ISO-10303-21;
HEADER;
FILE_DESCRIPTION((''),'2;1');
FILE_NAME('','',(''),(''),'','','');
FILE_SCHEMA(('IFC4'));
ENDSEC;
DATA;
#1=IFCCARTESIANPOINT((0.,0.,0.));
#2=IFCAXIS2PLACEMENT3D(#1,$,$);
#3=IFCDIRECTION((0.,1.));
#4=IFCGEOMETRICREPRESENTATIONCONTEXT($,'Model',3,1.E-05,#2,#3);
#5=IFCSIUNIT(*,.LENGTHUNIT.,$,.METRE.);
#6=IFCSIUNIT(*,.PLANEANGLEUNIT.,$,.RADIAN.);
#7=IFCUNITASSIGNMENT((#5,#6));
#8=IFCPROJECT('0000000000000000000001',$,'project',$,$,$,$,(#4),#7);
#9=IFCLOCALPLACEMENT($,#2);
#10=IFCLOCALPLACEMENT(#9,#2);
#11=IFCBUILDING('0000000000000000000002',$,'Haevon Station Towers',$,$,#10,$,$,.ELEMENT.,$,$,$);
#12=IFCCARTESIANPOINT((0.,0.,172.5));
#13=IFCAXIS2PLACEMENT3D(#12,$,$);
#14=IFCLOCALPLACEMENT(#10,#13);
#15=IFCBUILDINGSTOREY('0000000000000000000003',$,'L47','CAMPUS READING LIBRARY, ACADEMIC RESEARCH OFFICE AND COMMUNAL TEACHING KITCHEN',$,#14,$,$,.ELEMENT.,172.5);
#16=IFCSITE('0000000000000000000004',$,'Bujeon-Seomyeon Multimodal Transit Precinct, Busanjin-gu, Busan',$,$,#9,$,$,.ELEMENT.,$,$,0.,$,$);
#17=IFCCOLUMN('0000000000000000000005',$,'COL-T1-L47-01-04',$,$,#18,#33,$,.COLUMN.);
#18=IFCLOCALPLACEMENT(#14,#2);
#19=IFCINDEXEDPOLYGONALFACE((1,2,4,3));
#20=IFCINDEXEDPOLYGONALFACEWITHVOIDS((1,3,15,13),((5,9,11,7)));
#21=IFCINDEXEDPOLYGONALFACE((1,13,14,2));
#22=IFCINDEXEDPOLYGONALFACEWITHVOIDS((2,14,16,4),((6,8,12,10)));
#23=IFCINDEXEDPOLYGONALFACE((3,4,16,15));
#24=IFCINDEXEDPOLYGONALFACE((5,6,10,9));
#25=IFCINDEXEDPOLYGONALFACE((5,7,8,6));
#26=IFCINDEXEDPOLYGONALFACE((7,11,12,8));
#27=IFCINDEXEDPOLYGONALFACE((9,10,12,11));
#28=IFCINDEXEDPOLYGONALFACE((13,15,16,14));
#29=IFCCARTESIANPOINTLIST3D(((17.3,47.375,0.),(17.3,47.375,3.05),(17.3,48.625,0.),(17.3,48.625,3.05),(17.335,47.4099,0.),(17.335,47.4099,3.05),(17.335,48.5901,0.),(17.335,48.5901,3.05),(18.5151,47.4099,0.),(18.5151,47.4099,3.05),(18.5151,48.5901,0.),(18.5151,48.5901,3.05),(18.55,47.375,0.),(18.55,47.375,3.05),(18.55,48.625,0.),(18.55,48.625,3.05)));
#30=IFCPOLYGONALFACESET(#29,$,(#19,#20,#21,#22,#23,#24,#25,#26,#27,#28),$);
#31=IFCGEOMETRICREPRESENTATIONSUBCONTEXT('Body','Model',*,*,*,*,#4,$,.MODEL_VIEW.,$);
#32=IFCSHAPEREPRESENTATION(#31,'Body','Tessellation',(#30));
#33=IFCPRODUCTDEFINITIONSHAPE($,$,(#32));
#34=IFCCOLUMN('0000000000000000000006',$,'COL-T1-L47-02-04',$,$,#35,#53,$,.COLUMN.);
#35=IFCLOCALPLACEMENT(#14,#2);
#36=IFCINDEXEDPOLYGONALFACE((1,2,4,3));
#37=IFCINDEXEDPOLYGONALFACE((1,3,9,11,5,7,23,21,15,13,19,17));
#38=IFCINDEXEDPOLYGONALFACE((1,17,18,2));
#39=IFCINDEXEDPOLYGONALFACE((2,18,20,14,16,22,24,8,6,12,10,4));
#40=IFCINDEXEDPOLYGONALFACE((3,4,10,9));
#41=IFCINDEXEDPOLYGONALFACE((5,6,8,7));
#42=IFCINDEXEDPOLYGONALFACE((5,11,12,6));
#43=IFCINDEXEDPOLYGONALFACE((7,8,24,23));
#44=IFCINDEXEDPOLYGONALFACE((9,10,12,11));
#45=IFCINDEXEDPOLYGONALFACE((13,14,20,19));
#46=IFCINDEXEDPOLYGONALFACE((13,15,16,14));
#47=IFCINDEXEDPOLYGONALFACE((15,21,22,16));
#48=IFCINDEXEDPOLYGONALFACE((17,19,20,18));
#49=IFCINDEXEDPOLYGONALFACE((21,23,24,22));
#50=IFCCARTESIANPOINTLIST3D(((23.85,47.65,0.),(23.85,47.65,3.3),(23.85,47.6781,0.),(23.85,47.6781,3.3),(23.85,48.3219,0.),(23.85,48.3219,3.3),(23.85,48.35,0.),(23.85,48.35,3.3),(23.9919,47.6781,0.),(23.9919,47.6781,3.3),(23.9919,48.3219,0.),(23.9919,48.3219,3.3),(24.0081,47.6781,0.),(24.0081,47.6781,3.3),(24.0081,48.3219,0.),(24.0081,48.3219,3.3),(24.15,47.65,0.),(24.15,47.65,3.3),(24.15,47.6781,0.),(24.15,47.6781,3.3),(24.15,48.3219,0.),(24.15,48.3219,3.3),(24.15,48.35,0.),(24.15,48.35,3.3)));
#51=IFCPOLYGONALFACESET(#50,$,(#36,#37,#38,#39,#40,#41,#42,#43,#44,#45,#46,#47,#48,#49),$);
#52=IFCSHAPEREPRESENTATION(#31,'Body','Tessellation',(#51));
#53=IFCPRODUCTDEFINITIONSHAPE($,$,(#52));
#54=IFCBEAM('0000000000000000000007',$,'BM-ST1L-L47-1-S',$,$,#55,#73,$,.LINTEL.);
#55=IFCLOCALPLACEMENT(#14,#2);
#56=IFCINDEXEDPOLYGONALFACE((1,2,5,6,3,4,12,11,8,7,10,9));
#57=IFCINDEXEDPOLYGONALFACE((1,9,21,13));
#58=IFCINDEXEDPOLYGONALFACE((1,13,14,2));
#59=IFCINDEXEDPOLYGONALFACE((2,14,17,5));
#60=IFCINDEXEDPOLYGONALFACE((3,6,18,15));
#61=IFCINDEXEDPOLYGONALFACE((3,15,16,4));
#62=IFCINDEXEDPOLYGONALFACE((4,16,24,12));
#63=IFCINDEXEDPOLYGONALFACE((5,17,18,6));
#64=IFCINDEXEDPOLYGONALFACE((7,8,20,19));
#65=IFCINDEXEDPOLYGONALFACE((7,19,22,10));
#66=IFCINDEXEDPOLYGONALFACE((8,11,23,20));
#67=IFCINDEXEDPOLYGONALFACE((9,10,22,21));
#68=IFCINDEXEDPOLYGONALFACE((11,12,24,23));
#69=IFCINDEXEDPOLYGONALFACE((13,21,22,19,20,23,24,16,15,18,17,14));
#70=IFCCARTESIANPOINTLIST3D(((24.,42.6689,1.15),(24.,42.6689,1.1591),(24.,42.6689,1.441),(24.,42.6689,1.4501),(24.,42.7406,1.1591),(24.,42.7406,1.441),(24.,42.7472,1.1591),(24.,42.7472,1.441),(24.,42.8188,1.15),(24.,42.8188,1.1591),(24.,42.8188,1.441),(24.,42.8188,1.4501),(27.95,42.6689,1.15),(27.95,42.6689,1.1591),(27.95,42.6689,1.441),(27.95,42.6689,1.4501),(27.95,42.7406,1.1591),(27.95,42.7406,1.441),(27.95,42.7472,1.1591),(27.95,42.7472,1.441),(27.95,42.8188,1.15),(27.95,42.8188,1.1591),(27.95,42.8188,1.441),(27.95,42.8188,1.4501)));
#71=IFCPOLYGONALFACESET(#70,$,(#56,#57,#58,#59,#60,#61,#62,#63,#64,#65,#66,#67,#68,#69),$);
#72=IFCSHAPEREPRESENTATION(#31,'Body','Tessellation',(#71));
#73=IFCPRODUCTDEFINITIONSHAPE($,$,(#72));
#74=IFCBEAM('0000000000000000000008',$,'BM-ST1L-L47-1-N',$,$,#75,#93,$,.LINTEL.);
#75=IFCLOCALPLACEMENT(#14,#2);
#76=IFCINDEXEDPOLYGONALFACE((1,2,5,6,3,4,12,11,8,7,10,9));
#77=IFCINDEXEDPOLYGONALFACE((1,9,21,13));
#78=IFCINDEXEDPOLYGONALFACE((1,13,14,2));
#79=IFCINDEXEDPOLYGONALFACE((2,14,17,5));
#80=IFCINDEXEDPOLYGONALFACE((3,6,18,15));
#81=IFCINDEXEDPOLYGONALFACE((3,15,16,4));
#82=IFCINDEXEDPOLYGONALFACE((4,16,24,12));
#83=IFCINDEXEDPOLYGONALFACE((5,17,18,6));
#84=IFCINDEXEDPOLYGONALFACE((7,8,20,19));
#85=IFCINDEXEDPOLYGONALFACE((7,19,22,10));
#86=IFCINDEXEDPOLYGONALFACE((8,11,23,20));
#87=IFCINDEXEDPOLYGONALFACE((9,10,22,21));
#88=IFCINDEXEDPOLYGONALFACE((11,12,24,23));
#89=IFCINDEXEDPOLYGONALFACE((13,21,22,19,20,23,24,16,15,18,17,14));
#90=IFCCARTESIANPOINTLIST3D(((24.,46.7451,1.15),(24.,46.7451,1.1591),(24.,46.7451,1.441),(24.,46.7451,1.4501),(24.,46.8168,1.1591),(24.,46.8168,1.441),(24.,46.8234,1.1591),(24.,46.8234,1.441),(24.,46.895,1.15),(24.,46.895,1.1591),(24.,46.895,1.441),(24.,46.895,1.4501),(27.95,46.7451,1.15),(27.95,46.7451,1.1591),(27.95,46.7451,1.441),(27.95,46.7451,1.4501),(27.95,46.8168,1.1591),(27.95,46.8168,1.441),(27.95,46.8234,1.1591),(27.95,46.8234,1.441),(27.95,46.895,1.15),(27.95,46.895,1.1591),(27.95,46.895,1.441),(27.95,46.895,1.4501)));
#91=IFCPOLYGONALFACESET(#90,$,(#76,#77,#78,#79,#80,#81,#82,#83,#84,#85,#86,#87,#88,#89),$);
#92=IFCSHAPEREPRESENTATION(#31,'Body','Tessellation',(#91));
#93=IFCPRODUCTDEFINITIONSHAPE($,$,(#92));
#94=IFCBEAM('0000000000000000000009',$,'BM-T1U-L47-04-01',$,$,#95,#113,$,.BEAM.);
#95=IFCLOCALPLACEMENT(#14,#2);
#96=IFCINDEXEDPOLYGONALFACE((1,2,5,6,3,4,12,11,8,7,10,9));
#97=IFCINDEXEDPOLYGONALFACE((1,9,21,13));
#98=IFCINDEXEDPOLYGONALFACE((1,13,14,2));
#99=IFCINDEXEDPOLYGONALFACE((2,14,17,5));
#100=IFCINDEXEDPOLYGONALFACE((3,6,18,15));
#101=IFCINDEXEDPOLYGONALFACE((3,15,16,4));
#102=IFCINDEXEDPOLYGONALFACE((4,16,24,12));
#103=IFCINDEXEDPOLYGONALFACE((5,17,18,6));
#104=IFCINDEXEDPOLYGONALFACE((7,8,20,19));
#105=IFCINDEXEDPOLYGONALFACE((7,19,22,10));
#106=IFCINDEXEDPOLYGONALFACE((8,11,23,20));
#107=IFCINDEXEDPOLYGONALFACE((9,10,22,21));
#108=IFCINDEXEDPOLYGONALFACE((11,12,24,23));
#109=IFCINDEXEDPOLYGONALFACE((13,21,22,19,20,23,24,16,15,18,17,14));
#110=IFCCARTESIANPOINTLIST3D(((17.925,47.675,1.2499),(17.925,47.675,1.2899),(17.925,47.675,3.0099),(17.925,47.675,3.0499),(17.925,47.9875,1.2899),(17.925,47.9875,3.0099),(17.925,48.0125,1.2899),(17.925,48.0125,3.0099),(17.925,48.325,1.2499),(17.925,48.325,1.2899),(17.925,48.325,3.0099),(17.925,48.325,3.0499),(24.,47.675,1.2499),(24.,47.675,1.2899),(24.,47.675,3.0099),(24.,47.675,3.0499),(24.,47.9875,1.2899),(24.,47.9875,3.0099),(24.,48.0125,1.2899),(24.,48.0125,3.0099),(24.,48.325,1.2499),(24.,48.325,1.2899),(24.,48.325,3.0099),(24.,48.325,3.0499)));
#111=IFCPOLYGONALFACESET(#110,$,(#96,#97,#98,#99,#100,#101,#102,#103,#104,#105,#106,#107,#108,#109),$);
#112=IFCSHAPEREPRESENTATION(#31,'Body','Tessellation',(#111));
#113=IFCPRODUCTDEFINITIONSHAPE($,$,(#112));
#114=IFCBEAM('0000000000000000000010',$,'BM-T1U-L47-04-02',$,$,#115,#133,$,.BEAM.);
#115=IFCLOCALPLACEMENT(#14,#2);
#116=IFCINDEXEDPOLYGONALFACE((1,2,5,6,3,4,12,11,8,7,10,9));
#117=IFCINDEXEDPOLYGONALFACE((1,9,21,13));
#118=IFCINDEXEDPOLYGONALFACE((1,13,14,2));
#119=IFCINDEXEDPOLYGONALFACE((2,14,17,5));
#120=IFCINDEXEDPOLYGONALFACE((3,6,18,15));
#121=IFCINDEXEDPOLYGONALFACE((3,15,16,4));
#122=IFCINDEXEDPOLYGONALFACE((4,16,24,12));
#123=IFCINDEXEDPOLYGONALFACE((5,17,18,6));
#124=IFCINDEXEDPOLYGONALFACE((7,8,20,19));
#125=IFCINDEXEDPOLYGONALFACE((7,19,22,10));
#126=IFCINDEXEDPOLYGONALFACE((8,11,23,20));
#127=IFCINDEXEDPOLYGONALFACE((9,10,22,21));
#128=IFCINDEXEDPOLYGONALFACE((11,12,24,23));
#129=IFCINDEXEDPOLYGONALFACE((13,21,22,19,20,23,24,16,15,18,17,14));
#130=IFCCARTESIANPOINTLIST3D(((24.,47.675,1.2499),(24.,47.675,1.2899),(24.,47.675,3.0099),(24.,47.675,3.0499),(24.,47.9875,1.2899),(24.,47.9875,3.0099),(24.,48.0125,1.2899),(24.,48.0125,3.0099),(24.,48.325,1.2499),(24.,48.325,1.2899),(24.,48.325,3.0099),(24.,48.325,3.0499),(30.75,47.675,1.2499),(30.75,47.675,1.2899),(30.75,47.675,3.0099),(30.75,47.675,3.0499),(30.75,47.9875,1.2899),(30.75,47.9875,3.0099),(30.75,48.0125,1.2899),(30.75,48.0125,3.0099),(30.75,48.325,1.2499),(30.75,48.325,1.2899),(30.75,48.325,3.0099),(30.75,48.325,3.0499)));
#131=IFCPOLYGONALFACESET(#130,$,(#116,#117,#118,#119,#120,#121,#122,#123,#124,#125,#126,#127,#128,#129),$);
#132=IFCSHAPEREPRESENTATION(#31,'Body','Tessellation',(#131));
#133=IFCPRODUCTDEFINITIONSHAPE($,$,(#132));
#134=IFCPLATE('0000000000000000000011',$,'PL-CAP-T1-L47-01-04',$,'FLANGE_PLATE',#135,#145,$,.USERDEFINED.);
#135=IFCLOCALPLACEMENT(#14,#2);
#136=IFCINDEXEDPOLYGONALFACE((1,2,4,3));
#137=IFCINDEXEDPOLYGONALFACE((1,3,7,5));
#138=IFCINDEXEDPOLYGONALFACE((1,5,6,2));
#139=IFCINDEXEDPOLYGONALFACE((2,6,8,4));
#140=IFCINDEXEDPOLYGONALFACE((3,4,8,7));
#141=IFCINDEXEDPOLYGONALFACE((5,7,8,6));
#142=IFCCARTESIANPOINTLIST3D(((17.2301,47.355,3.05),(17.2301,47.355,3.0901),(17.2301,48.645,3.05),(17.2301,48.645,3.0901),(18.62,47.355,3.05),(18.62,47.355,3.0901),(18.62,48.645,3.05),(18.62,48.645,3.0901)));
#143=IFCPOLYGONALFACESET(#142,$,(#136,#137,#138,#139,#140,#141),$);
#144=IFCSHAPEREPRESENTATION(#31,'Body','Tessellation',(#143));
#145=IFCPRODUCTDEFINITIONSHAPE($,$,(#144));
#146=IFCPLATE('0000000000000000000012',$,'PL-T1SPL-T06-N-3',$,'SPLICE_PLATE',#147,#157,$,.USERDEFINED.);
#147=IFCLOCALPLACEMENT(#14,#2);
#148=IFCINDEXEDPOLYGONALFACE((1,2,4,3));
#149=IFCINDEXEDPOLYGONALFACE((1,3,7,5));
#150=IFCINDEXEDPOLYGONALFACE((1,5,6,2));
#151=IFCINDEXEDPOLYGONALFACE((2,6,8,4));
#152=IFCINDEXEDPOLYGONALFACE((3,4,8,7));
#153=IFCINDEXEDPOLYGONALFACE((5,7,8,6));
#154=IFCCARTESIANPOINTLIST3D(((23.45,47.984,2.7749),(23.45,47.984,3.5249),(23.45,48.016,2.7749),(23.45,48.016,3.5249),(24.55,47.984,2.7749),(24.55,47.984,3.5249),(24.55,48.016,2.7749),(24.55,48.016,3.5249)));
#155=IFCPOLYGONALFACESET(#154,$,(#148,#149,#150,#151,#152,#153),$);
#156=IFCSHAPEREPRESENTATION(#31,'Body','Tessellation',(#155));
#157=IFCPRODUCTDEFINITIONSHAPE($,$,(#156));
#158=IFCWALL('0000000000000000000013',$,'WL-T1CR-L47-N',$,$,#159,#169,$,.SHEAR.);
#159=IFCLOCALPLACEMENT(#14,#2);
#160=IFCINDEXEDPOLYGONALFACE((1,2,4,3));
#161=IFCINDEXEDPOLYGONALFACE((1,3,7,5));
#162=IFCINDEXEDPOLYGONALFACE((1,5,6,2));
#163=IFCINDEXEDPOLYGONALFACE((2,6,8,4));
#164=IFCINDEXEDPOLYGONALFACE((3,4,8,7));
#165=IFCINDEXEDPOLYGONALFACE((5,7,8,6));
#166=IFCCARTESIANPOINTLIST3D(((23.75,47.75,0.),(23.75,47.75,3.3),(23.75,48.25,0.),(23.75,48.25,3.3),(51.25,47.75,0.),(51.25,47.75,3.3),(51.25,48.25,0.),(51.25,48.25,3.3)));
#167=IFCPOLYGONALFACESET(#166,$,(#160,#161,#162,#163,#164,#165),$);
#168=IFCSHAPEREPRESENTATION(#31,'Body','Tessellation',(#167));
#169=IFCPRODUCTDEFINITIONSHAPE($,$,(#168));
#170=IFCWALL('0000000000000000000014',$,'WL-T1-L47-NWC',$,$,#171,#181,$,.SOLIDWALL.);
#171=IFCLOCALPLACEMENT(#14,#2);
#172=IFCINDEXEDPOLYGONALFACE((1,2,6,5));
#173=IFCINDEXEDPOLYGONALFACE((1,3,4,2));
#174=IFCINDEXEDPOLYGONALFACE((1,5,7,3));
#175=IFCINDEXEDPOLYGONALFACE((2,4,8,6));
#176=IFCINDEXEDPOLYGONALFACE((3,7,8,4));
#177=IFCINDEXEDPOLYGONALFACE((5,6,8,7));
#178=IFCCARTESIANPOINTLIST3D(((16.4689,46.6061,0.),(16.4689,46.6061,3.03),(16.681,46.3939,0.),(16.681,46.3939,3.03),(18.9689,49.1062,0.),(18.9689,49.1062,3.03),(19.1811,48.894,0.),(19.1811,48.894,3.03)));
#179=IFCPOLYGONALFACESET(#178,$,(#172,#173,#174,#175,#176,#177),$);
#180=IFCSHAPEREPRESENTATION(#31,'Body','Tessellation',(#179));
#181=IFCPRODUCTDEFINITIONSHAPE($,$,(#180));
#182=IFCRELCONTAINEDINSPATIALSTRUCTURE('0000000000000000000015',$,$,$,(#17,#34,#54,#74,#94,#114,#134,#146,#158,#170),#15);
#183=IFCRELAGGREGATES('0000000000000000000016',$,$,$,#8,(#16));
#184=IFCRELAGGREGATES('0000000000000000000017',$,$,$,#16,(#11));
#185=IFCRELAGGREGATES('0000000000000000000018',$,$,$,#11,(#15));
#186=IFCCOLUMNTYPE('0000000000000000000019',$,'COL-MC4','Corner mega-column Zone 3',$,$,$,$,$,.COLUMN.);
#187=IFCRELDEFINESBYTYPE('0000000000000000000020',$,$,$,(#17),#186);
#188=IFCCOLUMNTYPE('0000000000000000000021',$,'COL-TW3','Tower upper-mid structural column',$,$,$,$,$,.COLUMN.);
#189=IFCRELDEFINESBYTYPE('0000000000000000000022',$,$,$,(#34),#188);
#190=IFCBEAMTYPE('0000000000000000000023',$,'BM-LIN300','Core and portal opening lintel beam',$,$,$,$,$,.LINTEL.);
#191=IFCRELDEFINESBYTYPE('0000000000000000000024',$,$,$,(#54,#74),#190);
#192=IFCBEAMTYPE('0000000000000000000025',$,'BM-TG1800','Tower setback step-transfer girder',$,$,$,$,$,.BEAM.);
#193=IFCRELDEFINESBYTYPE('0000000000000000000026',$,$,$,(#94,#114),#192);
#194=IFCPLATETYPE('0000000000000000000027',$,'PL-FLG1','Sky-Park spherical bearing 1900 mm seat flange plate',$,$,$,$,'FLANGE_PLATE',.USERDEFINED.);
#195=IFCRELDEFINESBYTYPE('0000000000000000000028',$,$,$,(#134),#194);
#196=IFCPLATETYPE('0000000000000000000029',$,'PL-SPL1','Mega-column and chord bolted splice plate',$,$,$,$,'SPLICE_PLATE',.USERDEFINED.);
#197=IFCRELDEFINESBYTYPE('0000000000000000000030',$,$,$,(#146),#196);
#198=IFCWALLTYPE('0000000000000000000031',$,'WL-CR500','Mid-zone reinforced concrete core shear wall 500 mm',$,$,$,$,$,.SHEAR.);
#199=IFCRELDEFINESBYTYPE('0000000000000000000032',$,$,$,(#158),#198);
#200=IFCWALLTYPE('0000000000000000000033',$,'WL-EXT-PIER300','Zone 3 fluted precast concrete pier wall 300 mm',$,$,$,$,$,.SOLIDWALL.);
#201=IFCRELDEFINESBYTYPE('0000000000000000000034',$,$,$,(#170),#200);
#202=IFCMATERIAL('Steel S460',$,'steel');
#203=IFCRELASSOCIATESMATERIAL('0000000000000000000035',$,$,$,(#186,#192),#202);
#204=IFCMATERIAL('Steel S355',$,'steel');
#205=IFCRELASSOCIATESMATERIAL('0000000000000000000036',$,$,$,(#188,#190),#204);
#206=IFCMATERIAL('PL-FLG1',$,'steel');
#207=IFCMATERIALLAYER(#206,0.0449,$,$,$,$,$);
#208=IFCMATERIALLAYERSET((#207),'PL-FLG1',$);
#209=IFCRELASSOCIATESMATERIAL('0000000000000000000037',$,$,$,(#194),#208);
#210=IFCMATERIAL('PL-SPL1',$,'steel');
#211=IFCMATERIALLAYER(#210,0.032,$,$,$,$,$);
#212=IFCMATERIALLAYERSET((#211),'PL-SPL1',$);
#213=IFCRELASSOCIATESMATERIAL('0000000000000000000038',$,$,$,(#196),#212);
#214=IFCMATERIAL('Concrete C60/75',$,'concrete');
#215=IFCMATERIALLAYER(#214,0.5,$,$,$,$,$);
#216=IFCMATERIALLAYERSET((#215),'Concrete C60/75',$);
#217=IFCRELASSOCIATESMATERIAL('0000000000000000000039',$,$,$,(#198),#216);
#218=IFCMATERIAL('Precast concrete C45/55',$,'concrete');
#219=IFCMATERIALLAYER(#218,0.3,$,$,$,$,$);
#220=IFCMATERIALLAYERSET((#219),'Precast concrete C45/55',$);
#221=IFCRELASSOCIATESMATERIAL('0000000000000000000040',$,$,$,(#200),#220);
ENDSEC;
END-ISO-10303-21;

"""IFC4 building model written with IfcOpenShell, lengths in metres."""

from ifc_helpers import new_model, si_unit, direction, frame, frame_2d, origin, origin_2d, place, context, subcontext, project, spatial, rectangle, hollow_rectangle, i_section, extrude, material, layer, layer_set, material_profile, profile_set, type_object, element, save


model = new_model("IFC4")

# Units and contexts
model_context = context("Model", 3, precision=1e-05, world=origin(), true_north=direction((0.0, 1.0)))
body_context = subcontext(model_context, "Body", "Model", "MODEL_VIEW")
ifc_project = project(units=[si_unit("LENGTHUNIT", "METRE"), si_unit("PLANEANGLEUNIT", "RADIAN")], contexts=[model_context])

# Site, building, storey
site_placement = place(None, origin())
site = spatial("IfcSite", under=ifc_project, at=site_placement, Name="Bujeon-Seomyeon Multimodal Transit Precinct, Busanjin-gu, Busan", CompositionType="ELEMENT", RefElevation=0.0)
building_placement = place(site_placement, origin())
building = spatial("IfcBuilding", under=site, at=building_placement, Name="Haevon Station Towers", CompositionType="ELEMENT")
storey_placement = place(building_placement, frame((0.0, 0.0, 172.5)))
storey = spatial("IfcBuildingStorey", under=building, at=storey_placement, Name="L47", Description="CAMPUS READING LIBRARY, ACADEMIC RESEARCH OFFICE AND COMMUNAL TEACHING KITCHEN", CompositionType="ELEMENT", Elevation=172.5)

# Columns
ifc_material_1 = material(Name="Steel S460", Category="steel")
ifc_material_profile_1 = material_profile(ifc_material_1, hollow_rectangle(XDim=1.25, YDim=1.25, WallThickness=0.0349, at=origin_2d()), Name="BOX-1250x1250x35")
ifc_profile_set_1 = profile_set([ifc_material_profile_1], Name="Steel S460")
column_type_1 = type_object("IfcColumnType", Name="COL-MC4", Description="Corner mega-column Zone 3", PredefinedType="COLUMN", material=ifc_profile_set_1)
column_1_placement = place(storey_placement, frame((17.925, 48.0, 0.0), z_axis=(0.0, 0.0, 1.0), x_axis=(1.0, 0.0, 0.0)))
element("IfcColumn", 1, at=column_1_placement, inside=storey, type_object=column_type_1, Name="COL-T1-L47-01-04", PredefinedType="COLUMN", context=body_context, shape_type="SweptSolid", body=[
    extrude(hollow_rectangle(XDim=1.25, YDim=1.25, WallThickness=0.0349, at=origin_2d()), origin(), (0.0, 0.0, 1.0), 3.05),
])
ifc_material_2 = material(Name="Steel S355", Category="steel")
ifc_material_profile_2 = material_profile(ifc_material_2, i_section(OverallWidth=0.3, OverallDepth=0.7, WebThickness=0.0161, FlangeThickness=0.0281, at=origin_2d()), Name="H-700x300x16x28")
ifc_profile_set_2 = profile_set([ifc_material_profile_2], Name="Steel S355")
column_type_2 = type_object("IfcColumnType", Name="COL-TW3", Description="Tower upper-mid structural column", PredefinedType="COLUMN", material=ifc_profile_set_2)
column_2_placement = place(storey_placement, frame((24.0, 48.0, 0.0), z_axis=(0.0, 0.0, 1.0), x_axis=(1.0, 0.0, 0.0)))
element("IfcColumn", 2, at=column_2_placement, inside=storey, type_object=column_type_2, Name="COL-T1-L47-02-04", PredefinedType="COLUMN", context=body_context, shape_type="SweptSolid", body=[
    extrude(i_section(OverallWidth=0.3, OverallDepth=0.7, WebThickness=0.0161, FlangeThickness=0.0281, at=origin_2d()), origin(), (0.0, 0.0, 1.0), 3.3),
])

# Beams
ifc_material_profile_3 = material_profile(ifc_material_2, i_section(OverallWidth=0.1499, OverallDepth=0.3, WebThickness=0.0066, FlangeThickness=0.009, at=origin_2d()), Name="H-300x150x6.5x9")
ifc_profile_set_3 = profile_set([ifc_material_profile_3], Name="Steel S355")
beam_type_1 = type_object("IfcBeamType", Name="BM-LIN300", Description="Core and portal opening lintel beam", PredefinedType="LINTEL", material=ifc_profile_set_3)
for number, where, z_axis, x_axis, name in (
    (3, (24.0, 42.7439, 1.3), (1.0, 0.0, 0.0), (0.0, 1.0, 0.0), "BM-ST1L-L47-1-S"),
    (4, (24.0, 46.8201, 1.3), (1.0, 0.0, 0.0), (0.0, 1.0, 0.0), "BM-ST1L-L47-1-N"),
):
    element("IfcBeam", number, at=place(storey_placement, frame(where, z_axis=z_axis, x_axis=x_axis)), inside=storey, type_object=beam_type_1, Name=name, PredefinedType="LINTEL", context=body_context, shape_type="SweptSolid", body=[
        extrude(i_section(OverallWidth=0.1499, OverallDepth=0.3, WebThickness=0.0066, FlangeThickness=0.009, at=origin_2d()), origin(), (0.0, 0.0, 1.0), 3.95),
    ])
ifc_material_profile_4 = material_profile(ifc_material_1, i_section(OverallWidth=0.6499, OverallDepth=1.8, WebThickness=0.0249, FlangeThickness=0.04, at=origin_2d()), Name="H-1800x650x25x40")
ifc_profile_set_4 = profile_set([ifc_material_profile_4], Name="Steel S460")
beam_type_2 = type_object("IfcBeamType", Name="BM-TG1800", Description="Tower setback step-transfer girder", PredefinedType="BEAM", material=ifc_profile_set_4)
beam_1_placement = place(storey_placement, frame((17.925, 48.0, 2.1499), z_axis=(1.0, 0.0, 0.0), x_axis=(0.0, 1.0, 0.0)))
element("IfcBeam", 5, at=beam_1_placement, inside=storey, type_object=beam_type_2, Name="BM-T1U-L47-04-01", PredefinedType="BEAM", context=body_context, shape_type="SweptSolid", body=[
    extrude(i_section(OverallWidth=0.6499, OverallDepth=1.8, WebThickness=0.0249, FlangeThickness=0.04, at=origin_2d()), origin(), (0.0, 0.0, 1.0), 6.075),
])
beam_2_placement = place(storey_placement, frame((24.0, 48.0, 2.1499), z_axis=(1.0, 0.0, 0.0), x_axis=(0.0, 1.0, 0.0)))
element("IfcBeam", 6, at=beam_2_placement, inside=storey, type_object=beam_type_2, Name="BM-T1U-L47-04-02", PredefinedType="BEAM", context=body_context, shape_type="SweptSolid", body=[
    extrude(i_section(OverallWidth=0.6499, OverallDepth=1.8, WebThickness=0.0249, FlangeThickness=0.04, at=origin_2d()), origin(), (0.0, 0.0, 1.0), 6.75),
])

# Plates
ifc_material_3 = material(Name="PL-FLG1", Category="steel")
ifc_layer_1 = layer(ifc_material_3, 0.0449)
ifc_layer_set_1 = layer_set([ifc_layer_1], Name="PL-FLG1")
plate_type_1 = type_object("IfcPlateType", Name="PL-FLG1", Description="Sky-Park spherical bearing 1900 mm seat flange plate", ElementType="FLANGE_PLATE", PredefinedType="USERDEFINED", material=ifc_layer_set_1)
plate_1_placement = place(storey_placement, frame((17.925, 48.0, 3.05), z_axis=(0.0, 0.0, 1.0), x_axis=(1.0, 0.0, 0.0)))
element("IfcPlate", 7, at=plate_1_placement, inside=storey, type_object=plate_type_1, Name="PL-CAP-T1-L47-01-04", ObjectType="FLANGE_PLATE", PredefinedType="USERDEFINED", context=body_context, shape_type="SweptSolid", body=[
    extrude(rectangle(XDim=1.3899, YDim=1.29, at=origin_2d()), origin(), (0.0, 0.0, 1.0), 0.04),
])
ifc_material_4 = material(Name="PL-SPL1", Category="steel")
ifc_layer_2 = layer(ifc_material_4, 0.032)
ifc_layer_set_2 = layer_set([ifc_layer_2], Name="PL-SPL1")
plate_type_2 = type_object("IfcPlateType", Name="PL-SPL1", Description="Mega-column and chord bolted splice plate", ElementType="SPLICE_PLATE", PredefinedType="USERDEFINED", material=ifc_layer_set_2)
plate_2_placement = place(storey_placement, frame((24.0, 48.0, 2.7749), z_axis=(0.0, 0.0, 1.0), x_axis=(1.0, 0.0, 0.0)))
element("IfcPlate", 8, at=plate_2_placement, inside=storey, type_object=plate_type_2, Name="PL-T1SPL-T06-N-3", ObjectType="SPLICE_PLATE", PredefinedType="USERDEFINED", context=body_context, shape_type="SweptSolid", body=[
    extrude(rectangle(XDim=1.1001, YDim=0.032, at=origin_2d()), origin(), (0.0, 0.0, 1.0), 0.75),
])

# Walls
ifc_material_5 = material(Name="Concrete C60/75", Category="concrete")
ifc_layer_3 = layer(ifc_material_5, 0.5)
ifc_layer_set_3 = layer_set([ifc_layer_3], Name="Concrete C60/75")
wall_type_1 = type_object("IfcWallType", Name="WL-CR500", Description="Mid-zone reinforced concrete core shear wall 500 mm", PredefinedType="SHEAR", material=ifc_layer_set_3)
wall_1_placement = place(storey_placement, frame((23.75, 48.0, 0.0), z_axis=(0.0, 0.0, 1.0), x_axis=(1.0, 0.0, 0.0)))
element("IfcWall", 9, at=wall_1_placement, inside=storey, type_object=wall_type_1, Name="WL-T1CR-L47-N", PredefinedType="SHEAR", context=body_context, shape_type="SweptSolid", body=[
    extrude(rectangle(XDim=27.5, YDim=0.5, at=frame_2d((13.75, 0.0))), origin(), (0.0, 0.0, 1.0), 3.3),
])
ifc_material_6 = material(Name="Precast concrete C45/55", Category="concrete")
ifc_layer_4 = layer(ifc_material_6, 0.3)
ifc_layer_set_4 = layer_set([ifc_layer_4], Name="Precast concrete C45/55")
wall_type_2 = type_object("IfcWallType", Name="WL-EXT-PIER300", Description="Zone 3 fluted precast concrete pier wall 300 mm", PredefinedType="SOLIDWALL", material=ifc_layer_set_4)
wall_2_placement = place(storey_placement, frame((16.575, 46.5, 0.0), z_axis=(0.0, 0.0, 1.0), x_axis=(0.707107, 0.707107, 0.0)))
element("IfcWall", 10, at=wall_2_placement, inside=storey, type_object=wall_type_2, Name="WL-T1-L47-NWC", PredefinedType="SOLIDWALL", context=body_context, shape_type="SweptSolid", body=[
    extrude(rectangle(XDim=3.5356, YDim=0.3, at=frame_2d((1.7678, 0.0))), origin(), (0.0, 0.0, 1.0), 3.03),
])

save(model, "model.ifc")
